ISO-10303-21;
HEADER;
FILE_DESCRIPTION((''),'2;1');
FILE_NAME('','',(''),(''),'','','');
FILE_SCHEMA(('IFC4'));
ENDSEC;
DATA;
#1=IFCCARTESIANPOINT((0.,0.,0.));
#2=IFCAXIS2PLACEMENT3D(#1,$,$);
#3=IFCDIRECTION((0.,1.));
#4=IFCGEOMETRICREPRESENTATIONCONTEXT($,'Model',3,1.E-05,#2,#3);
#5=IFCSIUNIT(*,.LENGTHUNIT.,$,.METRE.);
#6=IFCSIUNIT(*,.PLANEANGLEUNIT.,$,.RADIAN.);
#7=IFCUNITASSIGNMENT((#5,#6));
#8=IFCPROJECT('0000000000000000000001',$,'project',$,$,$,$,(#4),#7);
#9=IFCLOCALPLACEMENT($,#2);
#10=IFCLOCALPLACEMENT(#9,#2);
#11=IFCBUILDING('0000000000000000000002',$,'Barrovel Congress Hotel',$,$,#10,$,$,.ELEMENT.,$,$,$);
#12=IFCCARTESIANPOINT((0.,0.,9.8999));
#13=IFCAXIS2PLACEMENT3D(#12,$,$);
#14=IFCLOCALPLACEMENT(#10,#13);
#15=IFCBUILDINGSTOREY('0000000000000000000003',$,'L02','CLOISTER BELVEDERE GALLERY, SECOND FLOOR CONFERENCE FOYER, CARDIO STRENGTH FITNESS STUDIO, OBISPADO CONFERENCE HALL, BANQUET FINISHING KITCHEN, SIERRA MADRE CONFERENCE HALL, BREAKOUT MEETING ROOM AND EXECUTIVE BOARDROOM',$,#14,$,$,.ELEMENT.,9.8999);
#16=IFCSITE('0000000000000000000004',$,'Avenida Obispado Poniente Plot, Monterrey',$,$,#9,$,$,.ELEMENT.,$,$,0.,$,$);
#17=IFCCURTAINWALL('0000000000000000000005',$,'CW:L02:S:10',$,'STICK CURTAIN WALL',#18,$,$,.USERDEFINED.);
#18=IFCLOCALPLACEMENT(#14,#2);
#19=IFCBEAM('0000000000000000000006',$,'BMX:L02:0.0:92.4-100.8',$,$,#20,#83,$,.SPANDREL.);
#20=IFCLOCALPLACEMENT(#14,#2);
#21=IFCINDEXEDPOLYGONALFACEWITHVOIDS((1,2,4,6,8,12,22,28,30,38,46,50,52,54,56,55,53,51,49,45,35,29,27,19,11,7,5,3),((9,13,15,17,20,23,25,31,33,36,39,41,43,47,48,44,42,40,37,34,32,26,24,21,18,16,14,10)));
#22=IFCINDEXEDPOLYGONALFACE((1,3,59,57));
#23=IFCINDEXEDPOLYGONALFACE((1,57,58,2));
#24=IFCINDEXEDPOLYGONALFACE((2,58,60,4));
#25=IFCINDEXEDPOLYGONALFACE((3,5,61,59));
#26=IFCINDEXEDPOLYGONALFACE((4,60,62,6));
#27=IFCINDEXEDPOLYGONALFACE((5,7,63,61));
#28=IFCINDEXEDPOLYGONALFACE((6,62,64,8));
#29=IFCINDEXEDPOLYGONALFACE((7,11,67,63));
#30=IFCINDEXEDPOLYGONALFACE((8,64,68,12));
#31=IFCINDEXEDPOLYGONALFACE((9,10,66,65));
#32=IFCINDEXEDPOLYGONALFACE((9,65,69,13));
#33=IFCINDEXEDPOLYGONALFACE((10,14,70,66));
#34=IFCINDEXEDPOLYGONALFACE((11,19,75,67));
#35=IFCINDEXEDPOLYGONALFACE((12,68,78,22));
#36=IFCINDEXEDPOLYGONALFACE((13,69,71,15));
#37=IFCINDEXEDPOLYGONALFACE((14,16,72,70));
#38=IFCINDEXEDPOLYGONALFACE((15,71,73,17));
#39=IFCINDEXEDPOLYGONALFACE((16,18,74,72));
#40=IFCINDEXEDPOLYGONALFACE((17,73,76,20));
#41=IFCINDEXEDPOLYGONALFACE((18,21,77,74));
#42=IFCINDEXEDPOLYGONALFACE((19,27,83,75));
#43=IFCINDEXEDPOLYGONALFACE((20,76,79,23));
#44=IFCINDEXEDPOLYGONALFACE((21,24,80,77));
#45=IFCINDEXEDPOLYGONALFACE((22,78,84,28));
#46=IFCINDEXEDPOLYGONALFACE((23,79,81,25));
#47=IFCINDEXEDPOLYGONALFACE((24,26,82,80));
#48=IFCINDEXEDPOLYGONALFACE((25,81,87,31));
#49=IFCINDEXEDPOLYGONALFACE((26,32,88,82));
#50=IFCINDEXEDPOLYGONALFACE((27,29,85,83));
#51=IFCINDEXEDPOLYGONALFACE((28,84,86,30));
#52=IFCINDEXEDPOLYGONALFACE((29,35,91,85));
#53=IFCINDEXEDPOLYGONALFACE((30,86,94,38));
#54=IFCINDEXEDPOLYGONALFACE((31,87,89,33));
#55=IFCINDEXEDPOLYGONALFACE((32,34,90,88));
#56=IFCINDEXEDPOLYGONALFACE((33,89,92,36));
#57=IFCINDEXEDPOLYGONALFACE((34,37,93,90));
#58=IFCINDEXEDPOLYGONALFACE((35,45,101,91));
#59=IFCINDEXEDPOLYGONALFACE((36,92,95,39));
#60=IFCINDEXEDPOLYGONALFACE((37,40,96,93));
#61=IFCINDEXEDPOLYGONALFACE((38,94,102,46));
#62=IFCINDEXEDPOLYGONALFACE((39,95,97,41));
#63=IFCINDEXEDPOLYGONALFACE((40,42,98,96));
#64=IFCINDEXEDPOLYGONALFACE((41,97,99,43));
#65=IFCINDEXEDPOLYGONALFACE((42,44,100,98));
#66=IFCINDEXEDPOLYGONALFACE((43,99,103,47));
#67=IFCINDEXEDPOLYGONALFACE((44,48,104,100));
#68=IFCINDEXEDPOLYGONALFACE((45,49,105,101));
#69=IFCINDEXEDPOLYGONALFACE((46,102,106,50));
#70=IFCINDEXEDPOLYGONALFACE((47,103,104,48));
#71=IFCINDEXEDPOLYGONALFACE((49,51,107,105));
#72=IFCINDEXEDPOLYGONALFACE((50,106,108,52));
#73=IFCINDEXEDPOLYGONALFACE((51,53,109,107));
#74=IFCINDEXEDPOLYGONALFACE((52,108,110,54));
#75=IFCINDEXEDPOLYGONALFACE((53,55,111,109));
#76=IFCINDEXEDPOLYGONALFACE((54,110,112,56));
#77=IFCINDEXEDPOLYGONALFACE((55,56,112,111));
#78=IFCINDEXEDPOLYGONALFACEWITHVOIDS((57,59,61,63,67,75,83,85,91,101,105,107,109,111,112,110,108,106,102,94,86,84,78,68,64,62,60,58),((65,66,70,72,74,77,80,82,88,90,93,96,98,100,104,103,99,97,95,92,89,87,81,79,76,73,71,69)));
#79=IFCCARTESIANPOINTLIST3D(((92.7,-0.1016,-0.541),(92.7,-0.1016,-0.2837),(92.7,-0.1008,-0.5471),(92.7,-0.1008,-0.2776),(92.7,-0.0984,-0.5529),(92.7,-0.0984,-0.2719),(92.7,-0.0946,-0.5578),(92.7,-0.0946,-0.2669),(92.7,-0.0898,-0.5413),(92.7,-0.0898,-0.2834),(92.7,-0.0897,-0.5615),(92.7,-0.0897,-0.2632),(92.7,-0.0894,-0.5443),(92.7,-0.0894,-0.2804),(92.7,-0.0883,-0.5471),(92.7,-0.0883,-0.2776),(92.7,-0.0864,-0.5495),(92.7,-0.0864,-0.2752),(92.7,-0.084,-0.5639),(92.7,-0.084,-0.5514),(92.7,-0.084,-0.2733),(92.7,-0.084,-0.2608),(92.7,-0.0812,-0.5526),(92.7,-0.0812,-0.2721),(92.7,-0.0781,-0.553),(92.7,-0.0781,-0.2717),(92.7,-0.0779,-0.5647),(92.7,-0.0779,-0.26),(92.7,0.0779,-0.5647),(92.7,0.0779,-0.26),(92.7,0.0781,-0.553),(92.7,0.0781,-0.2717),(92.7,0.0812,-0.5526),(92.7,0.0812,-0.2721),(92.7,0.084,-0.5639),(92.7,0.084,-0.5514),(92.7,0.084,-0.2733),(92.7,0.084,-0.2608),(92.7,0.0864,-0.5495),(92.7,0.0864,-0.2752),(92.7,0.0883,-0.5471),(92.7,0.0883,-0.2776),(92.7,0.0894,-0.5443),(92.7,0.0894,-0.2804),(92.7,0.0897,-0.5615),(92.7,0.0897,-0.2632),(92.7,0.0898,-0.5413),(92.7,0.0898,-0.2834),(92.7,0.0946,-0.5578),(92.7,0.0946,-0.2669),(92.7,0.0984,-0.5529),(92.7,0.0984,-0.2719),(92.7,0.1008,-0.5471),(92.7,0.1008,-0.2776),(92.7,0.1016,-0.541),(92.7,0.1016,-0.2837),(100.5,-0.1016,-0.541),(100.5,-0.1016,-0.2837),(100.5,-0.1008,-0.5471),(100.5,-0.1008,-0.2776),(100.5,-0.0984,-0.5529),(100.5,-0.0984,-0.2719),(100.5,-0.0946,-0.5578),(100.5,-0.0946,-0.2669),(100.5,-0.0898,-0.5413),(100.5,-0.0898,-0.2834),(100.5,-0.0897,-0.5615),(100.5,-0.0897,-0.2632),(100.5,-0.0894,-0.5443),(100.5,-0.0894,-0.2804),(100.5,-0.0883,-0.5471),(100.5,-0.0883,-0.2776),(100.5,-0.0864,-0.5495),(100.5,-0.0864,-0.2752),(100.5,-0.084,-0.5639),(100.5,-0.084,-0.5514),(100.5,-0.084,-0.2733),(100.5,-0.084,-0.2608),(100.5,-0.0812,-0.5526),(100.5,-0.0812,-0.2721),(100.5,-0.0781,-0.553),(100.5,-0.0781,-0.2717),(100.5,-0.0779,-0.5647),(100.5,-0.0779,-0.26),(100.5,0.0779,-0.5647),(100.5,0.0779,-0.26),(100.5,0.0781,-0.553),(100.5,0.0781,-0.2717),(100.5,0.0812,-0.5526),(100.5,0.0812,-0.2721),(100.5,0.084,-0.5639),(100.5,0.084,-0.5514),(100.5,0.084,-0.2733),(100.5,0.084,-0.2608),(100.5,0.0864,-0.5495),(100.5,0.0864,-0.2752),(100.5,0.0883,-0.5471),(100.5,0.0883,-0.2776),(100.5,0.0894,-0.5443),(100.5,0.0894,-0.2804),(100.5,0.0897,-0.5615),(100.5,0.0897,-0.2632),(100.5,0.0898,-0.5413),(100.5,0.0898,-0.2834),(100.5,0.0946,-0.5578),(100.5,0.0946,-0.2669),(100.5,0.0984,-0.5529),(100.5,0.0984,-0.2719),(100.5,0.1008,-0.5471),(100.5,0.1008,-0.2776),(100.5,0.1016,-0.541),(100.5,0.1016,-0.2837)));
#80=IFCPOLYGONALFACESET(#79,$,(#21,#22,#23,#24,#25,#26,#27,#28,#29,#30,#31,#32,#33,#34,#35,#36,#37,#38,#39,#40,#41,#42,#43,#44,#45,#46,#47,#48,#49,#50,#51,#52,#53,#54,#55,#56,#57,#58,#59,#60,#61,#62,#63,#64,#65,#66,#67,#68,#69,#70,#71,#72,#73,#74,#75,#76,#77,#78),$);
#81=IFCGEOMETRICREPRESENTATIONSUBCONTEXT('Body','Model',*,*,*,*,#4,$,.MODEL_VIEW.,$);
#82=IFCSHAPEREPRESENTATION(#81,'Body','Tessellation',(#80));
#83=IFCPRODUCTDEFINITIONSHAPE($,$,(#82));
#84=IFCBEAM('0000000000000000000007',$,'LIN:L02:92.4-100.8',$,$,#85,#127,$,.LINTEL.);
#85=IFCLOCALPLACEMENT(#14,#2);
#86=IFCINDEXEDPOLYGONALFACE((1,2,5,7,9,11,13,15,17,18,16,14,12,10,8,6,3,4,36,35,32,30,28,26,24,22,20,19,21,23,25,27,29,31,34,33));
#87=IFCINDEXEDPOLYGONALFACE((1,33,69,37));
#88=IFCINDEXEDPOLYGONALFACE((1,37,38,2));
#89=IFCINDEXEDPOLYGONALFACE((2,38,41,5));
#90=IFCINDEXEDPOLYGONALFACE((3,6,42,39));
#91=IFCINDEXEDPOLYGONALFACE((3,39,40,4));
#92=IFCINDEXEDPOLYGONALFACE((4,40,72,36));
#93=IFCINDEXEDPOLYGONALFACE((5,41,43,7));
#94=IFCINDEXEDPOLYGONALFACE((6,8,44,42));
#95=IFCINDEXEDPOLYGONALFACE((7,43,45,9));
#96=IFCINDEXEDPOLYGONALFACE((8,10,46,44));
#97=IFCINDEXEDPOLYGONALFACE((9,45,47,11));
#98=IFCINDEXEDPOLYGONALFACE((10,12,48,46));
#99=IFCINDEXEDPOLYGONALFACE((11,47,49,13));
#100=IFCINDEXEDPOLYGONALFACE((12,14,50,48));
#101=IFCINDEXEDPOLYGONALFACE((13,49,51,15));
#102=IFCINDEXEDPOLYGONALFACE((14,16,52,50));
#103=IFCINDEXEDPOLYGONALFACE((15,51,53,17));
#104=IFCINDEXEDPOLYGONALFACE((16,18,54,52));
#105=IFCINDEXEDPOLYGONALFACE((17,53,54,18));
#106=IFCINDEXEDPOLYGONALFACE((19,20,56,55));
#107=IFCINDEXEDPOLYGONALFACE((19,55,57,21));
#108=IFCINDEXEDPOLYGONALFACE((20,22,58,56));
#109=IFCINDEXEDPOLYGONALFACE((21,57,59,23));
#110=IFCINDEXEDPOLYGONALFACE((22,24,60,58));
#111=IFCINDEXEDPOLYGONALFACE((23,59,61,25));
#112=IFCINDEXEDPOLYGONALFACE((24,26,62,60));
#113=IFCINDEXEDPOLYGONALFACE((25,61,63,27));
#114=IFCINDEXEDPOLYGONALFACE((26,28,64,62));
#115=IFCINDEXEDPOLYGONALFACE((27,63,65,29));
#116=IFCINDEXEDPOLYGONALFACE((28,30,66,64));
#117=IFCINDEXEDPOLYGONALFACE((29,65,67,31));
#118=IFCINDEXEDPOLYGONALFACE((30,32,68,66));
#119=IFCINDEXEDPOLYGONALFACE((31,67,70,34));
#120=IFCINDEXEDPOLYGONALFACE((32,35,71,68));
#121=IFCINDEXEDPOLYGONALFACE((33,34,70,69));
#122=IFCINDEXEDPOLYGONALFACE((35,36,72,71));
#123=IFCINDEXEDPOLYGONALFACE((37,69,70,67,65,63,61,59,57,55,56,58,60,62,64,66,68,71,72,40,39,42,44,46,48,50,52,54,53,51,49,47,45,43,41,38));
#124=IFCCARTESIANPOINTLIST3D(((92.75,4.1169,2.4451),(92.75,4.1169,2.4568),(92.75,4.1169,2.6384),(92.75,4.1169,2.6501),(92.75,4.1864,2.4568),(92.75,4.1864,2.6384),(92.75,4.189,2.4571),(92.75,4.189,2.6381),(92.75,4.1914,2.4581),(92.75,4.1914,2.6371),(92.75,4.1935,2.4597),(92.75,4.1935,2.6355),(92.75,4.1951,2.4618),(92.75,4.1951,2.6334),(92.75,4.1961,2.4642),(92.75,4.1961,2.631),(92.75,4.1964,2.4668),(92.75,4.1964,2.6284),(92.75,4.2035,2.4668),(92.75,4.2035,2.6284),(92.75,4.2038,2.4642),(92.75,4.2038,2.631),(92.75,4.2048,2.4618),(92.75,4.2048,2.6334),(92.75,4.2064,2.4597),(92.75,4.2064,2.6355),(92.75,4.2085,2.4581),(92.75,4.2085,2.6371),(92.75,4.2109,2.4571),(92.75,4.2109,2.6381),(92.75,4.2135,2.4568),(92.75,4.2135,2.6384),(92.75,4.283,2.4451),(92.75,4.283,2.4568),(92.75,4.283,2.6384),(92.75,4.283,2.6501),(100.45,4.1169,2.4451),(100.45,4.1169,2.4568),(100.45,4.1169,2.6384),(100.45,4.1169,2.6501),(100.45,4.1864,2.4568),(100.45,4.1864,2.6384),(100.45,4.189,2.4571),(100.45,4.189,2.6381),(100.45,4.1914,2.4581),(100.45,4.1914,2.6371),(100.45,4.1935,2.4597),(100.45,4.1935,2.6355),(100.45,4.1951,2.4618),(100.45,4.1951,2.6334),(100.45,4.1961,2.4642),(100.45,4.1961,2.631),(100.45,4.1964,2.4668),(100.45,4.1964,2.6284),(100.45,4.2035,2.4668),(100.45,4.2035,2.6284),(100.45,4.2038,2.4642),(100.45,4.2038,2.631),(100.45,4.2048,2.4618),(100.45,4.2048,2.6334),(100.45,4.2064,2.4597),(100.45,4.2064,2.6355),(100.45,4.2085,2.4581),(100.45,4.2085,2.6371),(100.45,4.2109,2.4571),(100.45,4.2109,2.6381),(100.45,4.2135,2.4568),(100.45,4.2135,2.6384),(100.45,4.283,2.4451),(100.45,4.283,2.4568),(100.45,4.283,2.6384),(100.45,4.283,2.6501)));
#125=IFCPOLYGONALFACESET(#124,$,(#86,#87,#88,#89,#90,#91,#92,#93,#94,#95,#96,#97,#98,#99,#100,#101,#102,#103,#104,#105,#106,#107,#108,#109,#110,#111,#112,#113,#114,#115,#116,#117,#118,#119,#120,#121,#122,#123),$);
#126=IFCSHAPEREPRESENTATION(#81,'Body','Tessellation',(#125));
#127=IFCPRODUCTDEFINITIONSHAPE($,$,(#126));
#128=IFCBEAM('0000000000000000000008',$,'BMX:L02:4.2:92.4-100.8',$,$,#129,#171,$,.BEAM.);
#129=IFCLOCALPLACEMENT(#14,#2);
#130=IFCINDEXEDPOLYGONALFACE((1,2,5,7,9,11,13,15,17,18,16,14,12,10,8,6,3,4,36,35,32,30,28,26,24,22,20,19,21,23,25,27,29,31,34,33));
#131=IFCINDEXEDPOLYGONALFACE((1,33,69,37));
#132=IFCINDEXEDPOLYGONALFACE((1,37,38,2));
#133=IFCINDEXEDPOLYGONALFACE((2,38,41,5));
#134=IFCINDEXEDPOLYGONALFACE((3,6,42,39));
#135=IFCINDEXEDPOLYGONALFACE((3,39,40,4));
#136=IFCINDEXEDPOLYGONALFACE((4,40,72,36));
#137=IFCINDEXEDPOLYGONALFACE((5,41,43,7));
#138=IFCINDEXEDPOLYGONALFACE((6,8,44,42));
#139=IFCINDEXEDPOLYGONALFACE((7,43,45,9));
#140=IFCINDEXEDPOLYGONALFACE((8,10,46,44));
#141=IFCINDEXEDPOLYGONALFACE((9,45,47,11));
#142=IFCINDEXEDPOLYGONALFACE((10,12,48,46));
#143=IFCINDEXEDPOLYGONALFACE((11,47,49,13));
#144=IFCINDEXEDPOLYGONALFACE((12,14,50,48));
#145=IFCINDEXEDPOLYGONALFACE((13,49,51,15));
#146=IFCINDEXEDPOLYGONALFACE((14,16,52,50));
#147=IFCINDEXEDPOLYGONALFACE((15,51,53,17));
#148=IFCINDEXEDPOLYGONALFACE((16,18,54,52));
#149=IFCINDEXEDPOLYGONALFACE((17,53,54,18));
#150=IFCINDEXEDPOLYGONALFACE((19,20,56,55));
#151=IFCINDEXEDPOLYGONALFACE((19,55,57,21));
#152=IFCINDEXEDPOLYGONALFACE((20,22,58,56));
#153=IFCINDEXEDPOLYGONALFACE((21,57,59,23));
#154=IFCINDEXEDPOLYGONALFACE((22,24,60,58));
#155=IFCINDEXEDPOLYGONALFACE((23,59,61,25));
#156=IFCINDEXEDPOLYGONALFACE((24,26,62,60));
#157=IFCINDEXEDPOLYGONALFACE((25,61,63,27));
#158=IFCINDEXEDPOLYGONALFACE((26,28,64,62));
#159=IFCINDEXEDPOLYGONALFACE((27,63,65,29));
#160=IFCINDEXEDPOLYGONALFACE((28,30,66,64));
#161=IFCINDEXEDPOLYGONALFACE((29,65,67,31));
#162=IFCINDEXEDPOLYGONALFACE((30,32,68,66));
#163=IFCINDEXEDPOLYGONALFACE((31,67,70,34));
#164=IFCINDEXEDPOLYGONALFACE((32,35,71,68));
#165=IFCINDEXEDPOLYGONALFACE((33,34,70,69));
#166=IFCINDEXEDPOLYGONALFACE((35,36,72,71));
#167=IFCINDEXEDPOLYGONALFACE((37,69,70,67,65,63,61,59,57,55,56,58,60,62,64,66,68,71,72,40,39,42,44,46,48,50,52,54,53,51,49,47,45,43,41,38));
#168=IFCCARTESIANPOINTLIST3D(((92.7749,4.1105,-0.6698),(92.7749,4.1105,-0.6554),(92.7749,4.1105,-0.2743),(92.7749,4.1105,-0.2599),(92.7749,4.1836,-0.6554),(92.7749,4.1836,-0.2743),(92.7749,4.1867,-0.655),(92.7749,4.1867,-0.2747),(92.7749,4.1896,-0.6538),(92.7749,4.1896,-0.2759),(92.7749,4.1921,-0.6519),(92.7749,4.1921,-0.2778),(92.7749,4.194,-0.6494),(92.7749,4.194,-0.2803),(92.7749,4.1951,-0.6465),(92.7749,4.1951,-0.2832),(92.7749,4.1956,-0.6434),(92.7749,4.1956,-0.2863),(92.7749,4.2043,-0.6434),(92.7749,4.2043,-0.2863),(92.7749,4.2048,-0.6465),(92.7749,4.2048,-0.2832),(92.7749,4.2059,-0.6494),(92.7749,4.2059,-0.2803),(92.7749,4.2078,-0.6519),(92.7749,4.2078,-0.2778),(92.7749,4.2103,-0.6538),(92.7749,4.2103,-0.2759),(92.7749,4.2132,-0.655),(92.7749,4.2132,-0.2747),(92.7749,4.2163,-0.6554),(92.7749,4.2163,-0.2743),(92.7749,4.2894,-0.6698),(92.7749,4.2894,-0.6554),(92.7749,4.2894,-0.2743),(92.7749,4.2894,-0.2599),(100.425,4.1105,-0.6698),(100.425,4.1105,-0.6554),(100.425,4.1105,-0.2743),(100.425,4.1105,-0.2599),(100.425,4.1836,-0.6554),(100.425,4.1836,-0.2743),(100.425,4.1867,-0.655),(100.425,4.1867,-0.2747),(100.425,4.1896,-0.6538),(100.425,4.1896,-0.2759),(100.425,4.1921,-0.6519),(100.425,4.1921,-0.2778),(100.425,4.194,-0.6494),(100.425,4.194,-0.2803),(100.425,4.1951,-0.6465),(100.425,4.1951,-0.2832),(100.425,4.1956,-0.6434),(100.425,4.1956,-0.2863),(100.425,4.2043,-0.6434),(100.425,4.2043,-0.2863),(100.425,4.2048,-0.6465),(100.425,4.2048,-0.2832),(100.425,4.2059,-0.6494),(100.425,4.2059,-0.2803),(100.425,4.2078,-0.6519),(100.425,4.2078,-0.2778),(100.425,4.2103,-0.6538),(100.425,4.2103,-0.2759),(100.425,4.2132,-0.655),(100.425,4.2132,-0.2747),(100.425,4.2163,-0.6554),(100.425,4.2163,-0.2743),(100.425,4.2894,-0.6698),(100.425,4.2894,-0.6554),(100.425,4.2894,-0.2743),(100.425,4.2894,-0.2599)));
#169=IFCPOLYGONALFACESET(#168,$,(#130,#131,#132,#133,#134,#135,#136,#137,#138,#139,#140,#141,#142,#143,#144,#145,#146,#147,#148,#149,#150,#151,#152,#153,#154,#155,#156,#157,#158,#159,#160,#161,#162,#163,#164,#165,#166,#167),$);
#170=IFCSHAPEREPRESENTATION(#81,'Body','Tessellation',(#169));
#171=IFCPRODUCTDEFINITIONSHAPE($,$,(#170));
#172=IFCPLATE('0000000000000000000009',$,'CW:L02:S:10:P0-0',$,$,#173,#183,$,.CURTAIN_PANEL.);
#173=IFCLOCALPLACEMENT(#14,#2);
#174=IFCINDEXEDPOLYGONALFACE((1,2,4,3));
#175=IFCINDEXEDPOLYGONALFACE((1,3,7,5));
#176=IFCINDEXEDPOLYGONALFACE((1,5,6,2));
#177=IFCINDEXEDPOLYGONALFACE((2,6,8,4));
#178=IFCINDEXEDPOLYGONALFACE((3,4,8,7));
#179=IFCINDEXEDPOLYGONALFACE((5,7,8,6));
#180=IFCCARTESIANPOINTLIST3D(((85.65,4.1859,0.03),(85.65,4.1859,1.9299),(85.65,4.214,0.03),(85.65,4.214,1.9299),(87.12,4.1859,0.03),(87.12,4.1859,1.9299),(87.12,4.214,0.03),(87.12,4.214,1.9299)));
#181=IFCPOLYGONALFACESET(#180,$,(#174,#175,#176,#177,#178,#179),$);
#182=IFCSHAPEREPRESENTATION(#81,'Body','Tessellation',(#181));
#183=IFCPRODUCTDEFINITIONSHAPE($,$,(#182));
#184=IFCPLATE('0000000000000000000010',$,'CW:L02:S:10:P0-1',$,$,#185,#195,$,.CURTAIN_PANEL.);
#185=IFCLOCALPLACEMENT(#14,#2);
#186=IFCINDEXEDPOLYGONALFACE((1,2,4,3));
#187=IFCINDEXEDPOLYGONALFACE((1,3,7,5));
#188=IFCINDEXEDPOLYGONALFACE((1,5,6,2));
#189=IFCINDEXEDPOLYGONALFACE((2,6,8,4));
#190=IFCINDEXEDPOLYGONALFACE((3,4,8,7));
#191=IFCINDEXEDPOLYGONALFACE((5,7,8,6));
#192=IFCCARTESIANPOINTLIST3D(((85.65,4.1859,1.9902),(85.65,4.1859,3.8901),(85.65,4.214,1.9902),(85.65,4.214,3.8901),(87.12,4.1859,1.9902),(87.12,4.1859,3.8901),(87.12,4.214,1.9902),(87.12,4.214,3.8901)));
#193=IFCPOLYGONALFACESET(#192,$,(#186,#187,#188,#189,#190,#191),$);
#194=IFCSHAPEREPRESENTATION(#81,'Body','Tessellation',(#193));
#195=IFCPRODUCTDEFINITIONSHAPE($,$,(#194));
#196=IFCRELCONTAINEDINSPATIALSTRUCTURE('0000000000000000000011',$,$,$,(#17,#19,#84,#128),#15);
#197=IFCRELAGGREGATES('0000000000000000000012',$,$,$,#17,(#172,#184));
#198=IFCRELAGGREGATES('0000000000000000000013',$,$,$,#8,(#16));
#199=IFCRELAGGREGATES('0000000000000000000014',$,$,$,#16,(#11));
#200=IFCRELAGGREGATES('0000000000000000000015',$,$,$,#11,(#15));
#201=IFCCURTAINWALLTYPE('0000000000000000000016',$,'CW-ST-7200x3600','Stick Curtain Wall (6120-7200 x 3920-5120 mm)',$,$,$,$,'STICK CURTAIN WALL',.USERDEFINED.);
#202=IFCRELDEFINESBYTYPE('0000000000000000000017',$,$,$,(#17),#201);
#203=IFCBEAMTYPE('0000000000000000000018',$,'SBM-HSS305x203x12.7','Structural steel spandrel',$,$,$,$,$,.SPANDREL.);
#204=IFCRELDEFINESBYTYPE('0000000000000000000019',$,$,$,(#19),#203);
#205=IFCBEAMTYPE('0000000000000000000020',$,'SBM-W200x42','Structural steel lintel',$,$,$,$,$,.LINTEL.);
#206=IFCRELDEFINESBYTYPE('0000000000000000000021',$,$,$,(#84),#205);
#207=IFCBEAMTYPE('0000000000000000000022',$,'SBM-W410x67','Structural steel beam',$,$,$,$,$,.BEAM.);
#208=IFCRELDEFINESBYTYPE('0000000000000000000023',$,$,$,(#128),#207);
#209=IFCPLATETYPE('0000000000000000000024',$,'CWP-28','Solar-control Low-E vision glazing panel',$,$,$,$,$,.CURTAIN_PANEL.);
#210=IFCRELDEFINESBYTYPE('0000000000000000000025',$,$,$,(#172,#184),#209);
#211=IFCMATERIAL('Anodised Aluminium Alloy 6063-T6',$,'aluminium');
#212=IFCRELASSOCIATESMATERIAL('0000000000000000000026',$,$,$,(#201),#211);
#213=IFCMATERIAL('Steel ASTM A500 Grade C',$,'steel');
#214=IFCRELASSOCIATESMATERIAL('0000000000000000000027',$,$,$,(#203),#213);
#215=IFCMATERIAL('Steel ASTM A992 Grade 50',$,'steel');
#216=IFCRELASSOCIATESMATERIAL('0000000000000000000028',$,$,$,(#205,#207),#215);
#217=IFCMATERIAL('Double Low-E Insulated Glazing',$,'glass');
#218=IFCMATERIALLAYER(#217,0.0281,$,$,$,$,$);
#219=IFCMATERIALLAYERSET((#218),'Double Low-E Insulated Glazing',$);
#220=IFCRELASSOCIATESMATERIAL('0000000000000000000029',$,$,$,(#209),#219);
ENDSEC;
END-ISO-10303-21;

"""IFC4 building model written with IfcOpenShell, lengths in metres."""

from ifc_helpers import new_model, si_unit, direction, frame, origin, origin_2d, place, context, subcontext, project, spatial, rectangle, hollow_rectangle, i_section, extrude, material, layer, layer_set, material_profile, profile_set, type_object, element, aggregate, save


model = new_model("IFC4")

# Units and contexts
model_context = context("Model", 3, precision=1e-05, world=origin(), true_north=direction((0.0, 1.0)))
body_context = subcontext(model_context, "Body", "Model", "MODEL_VIEW")
ifc_project = project(units=[si_unit("LENGTHUNIT", "METRE"), si_unit("PLANEANGLEUNIT", "RADIAN")], contexts=[model_context])

# Site, building, storey
site_placement = place(None, origin())
site = spatial("IfcSite", under=ifc_project, at=site_placement, Name="Avenida Obispado Poniente Plot, Monterrey", CompositionType="ELEMENT", RefElevation=0.0)
building_placement = place(site_placement, origin())
building = spatial("IfcBuilding", under=site, at=building_placement, Name="Barrovel Congress Hotel", CompositionType="ELEMENT")
storey_placement = place(building_placement, frame((0.0, 0.0, 9.8999)))
storey = spatial("IfcBuildingStorey", under=building, at=storey_placement, Name="L02", Description="CLOISTER BELVEDERE GALLERY, SECOND FLOOR CONFERENCE FOYER, CARDIO STRENGTH FITNESS STUDIO, OBISPADO CONFERENCE HALL, BANQUET FINISHING KITCHEN, SIERRA MADRE CONFERENCE HALL, BREAKOUT MEETING ROOM AND EXECUTIVE BOARDROOM", CompositionType="ELEMENT", Elevation=9.8999)

# Curtain wall
ifc_material_1 = material(Name="Anodised Aluminium Alloy 6063-T6", Category="aluminium")
curtain_wall_type = type_object("IfcCurtainWallType", Name="CW-ST-7200x3600", Description="Stick Curtain Wall (6120-7200 x 3920-5120 mm)", ElementType="STICK CURTAIN WALL", PredefinedType="USERDEFINED", material=ifc_material_1)
curtain_wall_placement = place(storey_placement, origin())
curtain_wall = element("IfcCurtainWall", 1, at=curtain_wall_placement, inside=storey, type_object=curtain_wall_type, Name="CW:L02:S:10", ObjectType="STICK CURTAIN WALL", PredefinedType="USERDEFINED")

# Beams
ifc_material_2 = material(Name="Steel ASTM A500 Grade C", Category="steel")
ifc_material_profile_1 = material_profile(ifc_material_2, hollow_rectangle(XDim=0.2031, YDim=0.3047, WallThickness=0.0117, InnerFilletRadius=0.0117, OuterFilletRadius=0.0237, at=origin_2d()), Name="HSS305x203x12.7")
ifc_profile_set_1 = profile_set([ifc_material_profile_1], Name="Steel ASTM A500 Grade C")
beam_type_1 = type_object("IfcBeamType", Name="SBM-HSS305x203x12.7", Description="Structural steel spandrel", PredefinedType="SPANDREL", material=ifc_profile_set_1)
beam_1_placement = place(storey_placement, frame((92.7, 0.0, -0.4124), z_axis=(1.0, 0.0, 0.0), x_axis=(0.0, 1.0, 0.0)))
element("IfcBeam", 2, at=beam_1_placement, inside=storey, type_object=beam_type_1, Name="BMX:L02:0.0:92.4-100.8", PredefinedType="SPANDREL", context=body_context, shape_type="SweptSolid", body=[
    extrude(hollow_rectangle(XDim=0.2031, YDim=0.3047, WallThickness=0.0117, InnerFilletRadius=0.0117, OuterFilletRadius=0.0237, at=origin_2d()), origin(), (0.0, 0.0, 1.0), 7.8),
])
ifc_material_3 = material(Name="Steel ASTM A992 Grade 50", Category="steel")
ifc_material_profile_2 = material_profile(ifc_material_3, i_section(OverallWidth=0.166, OverallDepth=0.2051, WebThickness=0.0071, FlangeThickness=0.0117, FilletRadius=0.01, at=origin_2d()), Name="W200x42")
ifc_profile_set_2 = profile_set([ifc_material_profile_2], Name="Steel ASTM A992 Grade 50")
beam_type_2 = type_object("IfcBeamType", Name="SBM-W200x42", Description="Structural steel lintel", PredefinedType="LINTEL", material=ifc_profile_set_2)
beam_2_placement = place(storey_placement, frame((92.75, 4.2, 2.5476), z_axis=(1.0, 0.0, 0.0), x_axis=(0.0, 1.0, 0.0)))
element("IfcBeam", 3, at=beam_2_placement, inside=storey, type_object=beam_type_2, Name="LIN:L02:92.4-100.8", PredefinedType="LINTEL", context=body_context, shape_type="SweptSolid", body=[
    extrude(i_section(OverallWidth=0.166, OverallDepth=0.2051, WebThickness=0.0071, FlangeThickness=0.0117, FilletRadius=0.01, at=origin_2d()), origin(), (0.0, 0.0, 1.0), 7.7),
])
ifc_material_profile_3 = material_profile(ifc_material_3, i_section(OverallWidth=0.179, OverallDepth=0.4099, WebThickness=0.0088, FlangeThickness=0.0144, FilletRadius=0.012, at=origin_2d()), Name="W410x67")
ifc_profile_set_3 = profile_set([ifc_material_profile_3], Name="Steel ASTM A992 Grade 50")
beam_type_3 = type_object("IfcBeamType", Name="SBM-W410x67", Description="Structural steel beam", PredefinedType="BEAM", material=ifc_profile_set_3)
beam_3_placement = place(storey_placement, frame((92.7749, 4.2, -0.4648), z_axis=(1.0, 0.0, 0.0), x_axis=(0.0, 1.0, 0.0)))
element("IfcBeam", 4, at=beam_3_placement, inside=storey, type_object=beam_type_3, Name="BMX:L02:4.2:92.4-100.8", PredefinedType="BEAM", context=body_context, shape_type="SweptSolid", body=[
    extrude(i_section(OverallWidth=0.179, OverallDepth=0.4099, WebThickness=0.0088, FlangeThickness=0.0144, FilletRadius=0.012, at=origin_2d()), origin(), (0.0, 0.0, 1.0), 7.6501),
])

# Plates
ifc_material_4 = material(Name="Double Low-E Insulated Glazing", Category="glass")
ifc_layer_1 = layer(ifc_material_4, 0.0281)
ifc_layer_set_1 = layer_set([ifc_layer_1], Name="Double Low-E Insulated Glazing")
plate_type = type_object("IfcPlateType", Name="CWP-28", Description="Solar-control Low-E vision glazing panel", PredefinedType="CURTAIN_PANEL", material=ifc_layer_set_1)
plate_1_placement = place(storey_placement, frame((86.385, 4.2, 0.03), z_axis=(0.0, 0.0, 1.0), x_axis=(1.0, 0.0, 0.0)))
plate_1 = element("IfcPlate", 5, at=plate_1_placement, type_object=plate_type, Name="CW:L02:S:10:P0-0", PredefinedType="CURTAIN_PANEL", context=body_context, shape_type="SweptSolid", body=[
    extrude(rectangle(XDim=1.47, YDim=0.0281, at=origin_2d()), origin(), (0.0, 0.0, 1.0), 1.8999),
])
plate_2_placement = place(storey_placement, frame((86.385, 4.2, 1.9902), z_axis=(0.0, 0.0, 1.0), x_axis=(1.0, 0.0, 0.0)))
plate_2 = element("IfcPlate", 6, at=plate_2_placement, type_object=plate_type, Name="CW:L02:S:10:P0-1", PredefinedType="CURTAIN_PANEL", context=body_context, shape_type="SweptSolid", body=[
    extrude(rectangle(XDim=1.47, YDim=0.0281, at=origin_2d()), origin(), (0.0, 0.0, 1.0), 1.8999),
])
aggregate(curtain_wall, [plate_1, plate_2])

save(model, "model.ifc")
